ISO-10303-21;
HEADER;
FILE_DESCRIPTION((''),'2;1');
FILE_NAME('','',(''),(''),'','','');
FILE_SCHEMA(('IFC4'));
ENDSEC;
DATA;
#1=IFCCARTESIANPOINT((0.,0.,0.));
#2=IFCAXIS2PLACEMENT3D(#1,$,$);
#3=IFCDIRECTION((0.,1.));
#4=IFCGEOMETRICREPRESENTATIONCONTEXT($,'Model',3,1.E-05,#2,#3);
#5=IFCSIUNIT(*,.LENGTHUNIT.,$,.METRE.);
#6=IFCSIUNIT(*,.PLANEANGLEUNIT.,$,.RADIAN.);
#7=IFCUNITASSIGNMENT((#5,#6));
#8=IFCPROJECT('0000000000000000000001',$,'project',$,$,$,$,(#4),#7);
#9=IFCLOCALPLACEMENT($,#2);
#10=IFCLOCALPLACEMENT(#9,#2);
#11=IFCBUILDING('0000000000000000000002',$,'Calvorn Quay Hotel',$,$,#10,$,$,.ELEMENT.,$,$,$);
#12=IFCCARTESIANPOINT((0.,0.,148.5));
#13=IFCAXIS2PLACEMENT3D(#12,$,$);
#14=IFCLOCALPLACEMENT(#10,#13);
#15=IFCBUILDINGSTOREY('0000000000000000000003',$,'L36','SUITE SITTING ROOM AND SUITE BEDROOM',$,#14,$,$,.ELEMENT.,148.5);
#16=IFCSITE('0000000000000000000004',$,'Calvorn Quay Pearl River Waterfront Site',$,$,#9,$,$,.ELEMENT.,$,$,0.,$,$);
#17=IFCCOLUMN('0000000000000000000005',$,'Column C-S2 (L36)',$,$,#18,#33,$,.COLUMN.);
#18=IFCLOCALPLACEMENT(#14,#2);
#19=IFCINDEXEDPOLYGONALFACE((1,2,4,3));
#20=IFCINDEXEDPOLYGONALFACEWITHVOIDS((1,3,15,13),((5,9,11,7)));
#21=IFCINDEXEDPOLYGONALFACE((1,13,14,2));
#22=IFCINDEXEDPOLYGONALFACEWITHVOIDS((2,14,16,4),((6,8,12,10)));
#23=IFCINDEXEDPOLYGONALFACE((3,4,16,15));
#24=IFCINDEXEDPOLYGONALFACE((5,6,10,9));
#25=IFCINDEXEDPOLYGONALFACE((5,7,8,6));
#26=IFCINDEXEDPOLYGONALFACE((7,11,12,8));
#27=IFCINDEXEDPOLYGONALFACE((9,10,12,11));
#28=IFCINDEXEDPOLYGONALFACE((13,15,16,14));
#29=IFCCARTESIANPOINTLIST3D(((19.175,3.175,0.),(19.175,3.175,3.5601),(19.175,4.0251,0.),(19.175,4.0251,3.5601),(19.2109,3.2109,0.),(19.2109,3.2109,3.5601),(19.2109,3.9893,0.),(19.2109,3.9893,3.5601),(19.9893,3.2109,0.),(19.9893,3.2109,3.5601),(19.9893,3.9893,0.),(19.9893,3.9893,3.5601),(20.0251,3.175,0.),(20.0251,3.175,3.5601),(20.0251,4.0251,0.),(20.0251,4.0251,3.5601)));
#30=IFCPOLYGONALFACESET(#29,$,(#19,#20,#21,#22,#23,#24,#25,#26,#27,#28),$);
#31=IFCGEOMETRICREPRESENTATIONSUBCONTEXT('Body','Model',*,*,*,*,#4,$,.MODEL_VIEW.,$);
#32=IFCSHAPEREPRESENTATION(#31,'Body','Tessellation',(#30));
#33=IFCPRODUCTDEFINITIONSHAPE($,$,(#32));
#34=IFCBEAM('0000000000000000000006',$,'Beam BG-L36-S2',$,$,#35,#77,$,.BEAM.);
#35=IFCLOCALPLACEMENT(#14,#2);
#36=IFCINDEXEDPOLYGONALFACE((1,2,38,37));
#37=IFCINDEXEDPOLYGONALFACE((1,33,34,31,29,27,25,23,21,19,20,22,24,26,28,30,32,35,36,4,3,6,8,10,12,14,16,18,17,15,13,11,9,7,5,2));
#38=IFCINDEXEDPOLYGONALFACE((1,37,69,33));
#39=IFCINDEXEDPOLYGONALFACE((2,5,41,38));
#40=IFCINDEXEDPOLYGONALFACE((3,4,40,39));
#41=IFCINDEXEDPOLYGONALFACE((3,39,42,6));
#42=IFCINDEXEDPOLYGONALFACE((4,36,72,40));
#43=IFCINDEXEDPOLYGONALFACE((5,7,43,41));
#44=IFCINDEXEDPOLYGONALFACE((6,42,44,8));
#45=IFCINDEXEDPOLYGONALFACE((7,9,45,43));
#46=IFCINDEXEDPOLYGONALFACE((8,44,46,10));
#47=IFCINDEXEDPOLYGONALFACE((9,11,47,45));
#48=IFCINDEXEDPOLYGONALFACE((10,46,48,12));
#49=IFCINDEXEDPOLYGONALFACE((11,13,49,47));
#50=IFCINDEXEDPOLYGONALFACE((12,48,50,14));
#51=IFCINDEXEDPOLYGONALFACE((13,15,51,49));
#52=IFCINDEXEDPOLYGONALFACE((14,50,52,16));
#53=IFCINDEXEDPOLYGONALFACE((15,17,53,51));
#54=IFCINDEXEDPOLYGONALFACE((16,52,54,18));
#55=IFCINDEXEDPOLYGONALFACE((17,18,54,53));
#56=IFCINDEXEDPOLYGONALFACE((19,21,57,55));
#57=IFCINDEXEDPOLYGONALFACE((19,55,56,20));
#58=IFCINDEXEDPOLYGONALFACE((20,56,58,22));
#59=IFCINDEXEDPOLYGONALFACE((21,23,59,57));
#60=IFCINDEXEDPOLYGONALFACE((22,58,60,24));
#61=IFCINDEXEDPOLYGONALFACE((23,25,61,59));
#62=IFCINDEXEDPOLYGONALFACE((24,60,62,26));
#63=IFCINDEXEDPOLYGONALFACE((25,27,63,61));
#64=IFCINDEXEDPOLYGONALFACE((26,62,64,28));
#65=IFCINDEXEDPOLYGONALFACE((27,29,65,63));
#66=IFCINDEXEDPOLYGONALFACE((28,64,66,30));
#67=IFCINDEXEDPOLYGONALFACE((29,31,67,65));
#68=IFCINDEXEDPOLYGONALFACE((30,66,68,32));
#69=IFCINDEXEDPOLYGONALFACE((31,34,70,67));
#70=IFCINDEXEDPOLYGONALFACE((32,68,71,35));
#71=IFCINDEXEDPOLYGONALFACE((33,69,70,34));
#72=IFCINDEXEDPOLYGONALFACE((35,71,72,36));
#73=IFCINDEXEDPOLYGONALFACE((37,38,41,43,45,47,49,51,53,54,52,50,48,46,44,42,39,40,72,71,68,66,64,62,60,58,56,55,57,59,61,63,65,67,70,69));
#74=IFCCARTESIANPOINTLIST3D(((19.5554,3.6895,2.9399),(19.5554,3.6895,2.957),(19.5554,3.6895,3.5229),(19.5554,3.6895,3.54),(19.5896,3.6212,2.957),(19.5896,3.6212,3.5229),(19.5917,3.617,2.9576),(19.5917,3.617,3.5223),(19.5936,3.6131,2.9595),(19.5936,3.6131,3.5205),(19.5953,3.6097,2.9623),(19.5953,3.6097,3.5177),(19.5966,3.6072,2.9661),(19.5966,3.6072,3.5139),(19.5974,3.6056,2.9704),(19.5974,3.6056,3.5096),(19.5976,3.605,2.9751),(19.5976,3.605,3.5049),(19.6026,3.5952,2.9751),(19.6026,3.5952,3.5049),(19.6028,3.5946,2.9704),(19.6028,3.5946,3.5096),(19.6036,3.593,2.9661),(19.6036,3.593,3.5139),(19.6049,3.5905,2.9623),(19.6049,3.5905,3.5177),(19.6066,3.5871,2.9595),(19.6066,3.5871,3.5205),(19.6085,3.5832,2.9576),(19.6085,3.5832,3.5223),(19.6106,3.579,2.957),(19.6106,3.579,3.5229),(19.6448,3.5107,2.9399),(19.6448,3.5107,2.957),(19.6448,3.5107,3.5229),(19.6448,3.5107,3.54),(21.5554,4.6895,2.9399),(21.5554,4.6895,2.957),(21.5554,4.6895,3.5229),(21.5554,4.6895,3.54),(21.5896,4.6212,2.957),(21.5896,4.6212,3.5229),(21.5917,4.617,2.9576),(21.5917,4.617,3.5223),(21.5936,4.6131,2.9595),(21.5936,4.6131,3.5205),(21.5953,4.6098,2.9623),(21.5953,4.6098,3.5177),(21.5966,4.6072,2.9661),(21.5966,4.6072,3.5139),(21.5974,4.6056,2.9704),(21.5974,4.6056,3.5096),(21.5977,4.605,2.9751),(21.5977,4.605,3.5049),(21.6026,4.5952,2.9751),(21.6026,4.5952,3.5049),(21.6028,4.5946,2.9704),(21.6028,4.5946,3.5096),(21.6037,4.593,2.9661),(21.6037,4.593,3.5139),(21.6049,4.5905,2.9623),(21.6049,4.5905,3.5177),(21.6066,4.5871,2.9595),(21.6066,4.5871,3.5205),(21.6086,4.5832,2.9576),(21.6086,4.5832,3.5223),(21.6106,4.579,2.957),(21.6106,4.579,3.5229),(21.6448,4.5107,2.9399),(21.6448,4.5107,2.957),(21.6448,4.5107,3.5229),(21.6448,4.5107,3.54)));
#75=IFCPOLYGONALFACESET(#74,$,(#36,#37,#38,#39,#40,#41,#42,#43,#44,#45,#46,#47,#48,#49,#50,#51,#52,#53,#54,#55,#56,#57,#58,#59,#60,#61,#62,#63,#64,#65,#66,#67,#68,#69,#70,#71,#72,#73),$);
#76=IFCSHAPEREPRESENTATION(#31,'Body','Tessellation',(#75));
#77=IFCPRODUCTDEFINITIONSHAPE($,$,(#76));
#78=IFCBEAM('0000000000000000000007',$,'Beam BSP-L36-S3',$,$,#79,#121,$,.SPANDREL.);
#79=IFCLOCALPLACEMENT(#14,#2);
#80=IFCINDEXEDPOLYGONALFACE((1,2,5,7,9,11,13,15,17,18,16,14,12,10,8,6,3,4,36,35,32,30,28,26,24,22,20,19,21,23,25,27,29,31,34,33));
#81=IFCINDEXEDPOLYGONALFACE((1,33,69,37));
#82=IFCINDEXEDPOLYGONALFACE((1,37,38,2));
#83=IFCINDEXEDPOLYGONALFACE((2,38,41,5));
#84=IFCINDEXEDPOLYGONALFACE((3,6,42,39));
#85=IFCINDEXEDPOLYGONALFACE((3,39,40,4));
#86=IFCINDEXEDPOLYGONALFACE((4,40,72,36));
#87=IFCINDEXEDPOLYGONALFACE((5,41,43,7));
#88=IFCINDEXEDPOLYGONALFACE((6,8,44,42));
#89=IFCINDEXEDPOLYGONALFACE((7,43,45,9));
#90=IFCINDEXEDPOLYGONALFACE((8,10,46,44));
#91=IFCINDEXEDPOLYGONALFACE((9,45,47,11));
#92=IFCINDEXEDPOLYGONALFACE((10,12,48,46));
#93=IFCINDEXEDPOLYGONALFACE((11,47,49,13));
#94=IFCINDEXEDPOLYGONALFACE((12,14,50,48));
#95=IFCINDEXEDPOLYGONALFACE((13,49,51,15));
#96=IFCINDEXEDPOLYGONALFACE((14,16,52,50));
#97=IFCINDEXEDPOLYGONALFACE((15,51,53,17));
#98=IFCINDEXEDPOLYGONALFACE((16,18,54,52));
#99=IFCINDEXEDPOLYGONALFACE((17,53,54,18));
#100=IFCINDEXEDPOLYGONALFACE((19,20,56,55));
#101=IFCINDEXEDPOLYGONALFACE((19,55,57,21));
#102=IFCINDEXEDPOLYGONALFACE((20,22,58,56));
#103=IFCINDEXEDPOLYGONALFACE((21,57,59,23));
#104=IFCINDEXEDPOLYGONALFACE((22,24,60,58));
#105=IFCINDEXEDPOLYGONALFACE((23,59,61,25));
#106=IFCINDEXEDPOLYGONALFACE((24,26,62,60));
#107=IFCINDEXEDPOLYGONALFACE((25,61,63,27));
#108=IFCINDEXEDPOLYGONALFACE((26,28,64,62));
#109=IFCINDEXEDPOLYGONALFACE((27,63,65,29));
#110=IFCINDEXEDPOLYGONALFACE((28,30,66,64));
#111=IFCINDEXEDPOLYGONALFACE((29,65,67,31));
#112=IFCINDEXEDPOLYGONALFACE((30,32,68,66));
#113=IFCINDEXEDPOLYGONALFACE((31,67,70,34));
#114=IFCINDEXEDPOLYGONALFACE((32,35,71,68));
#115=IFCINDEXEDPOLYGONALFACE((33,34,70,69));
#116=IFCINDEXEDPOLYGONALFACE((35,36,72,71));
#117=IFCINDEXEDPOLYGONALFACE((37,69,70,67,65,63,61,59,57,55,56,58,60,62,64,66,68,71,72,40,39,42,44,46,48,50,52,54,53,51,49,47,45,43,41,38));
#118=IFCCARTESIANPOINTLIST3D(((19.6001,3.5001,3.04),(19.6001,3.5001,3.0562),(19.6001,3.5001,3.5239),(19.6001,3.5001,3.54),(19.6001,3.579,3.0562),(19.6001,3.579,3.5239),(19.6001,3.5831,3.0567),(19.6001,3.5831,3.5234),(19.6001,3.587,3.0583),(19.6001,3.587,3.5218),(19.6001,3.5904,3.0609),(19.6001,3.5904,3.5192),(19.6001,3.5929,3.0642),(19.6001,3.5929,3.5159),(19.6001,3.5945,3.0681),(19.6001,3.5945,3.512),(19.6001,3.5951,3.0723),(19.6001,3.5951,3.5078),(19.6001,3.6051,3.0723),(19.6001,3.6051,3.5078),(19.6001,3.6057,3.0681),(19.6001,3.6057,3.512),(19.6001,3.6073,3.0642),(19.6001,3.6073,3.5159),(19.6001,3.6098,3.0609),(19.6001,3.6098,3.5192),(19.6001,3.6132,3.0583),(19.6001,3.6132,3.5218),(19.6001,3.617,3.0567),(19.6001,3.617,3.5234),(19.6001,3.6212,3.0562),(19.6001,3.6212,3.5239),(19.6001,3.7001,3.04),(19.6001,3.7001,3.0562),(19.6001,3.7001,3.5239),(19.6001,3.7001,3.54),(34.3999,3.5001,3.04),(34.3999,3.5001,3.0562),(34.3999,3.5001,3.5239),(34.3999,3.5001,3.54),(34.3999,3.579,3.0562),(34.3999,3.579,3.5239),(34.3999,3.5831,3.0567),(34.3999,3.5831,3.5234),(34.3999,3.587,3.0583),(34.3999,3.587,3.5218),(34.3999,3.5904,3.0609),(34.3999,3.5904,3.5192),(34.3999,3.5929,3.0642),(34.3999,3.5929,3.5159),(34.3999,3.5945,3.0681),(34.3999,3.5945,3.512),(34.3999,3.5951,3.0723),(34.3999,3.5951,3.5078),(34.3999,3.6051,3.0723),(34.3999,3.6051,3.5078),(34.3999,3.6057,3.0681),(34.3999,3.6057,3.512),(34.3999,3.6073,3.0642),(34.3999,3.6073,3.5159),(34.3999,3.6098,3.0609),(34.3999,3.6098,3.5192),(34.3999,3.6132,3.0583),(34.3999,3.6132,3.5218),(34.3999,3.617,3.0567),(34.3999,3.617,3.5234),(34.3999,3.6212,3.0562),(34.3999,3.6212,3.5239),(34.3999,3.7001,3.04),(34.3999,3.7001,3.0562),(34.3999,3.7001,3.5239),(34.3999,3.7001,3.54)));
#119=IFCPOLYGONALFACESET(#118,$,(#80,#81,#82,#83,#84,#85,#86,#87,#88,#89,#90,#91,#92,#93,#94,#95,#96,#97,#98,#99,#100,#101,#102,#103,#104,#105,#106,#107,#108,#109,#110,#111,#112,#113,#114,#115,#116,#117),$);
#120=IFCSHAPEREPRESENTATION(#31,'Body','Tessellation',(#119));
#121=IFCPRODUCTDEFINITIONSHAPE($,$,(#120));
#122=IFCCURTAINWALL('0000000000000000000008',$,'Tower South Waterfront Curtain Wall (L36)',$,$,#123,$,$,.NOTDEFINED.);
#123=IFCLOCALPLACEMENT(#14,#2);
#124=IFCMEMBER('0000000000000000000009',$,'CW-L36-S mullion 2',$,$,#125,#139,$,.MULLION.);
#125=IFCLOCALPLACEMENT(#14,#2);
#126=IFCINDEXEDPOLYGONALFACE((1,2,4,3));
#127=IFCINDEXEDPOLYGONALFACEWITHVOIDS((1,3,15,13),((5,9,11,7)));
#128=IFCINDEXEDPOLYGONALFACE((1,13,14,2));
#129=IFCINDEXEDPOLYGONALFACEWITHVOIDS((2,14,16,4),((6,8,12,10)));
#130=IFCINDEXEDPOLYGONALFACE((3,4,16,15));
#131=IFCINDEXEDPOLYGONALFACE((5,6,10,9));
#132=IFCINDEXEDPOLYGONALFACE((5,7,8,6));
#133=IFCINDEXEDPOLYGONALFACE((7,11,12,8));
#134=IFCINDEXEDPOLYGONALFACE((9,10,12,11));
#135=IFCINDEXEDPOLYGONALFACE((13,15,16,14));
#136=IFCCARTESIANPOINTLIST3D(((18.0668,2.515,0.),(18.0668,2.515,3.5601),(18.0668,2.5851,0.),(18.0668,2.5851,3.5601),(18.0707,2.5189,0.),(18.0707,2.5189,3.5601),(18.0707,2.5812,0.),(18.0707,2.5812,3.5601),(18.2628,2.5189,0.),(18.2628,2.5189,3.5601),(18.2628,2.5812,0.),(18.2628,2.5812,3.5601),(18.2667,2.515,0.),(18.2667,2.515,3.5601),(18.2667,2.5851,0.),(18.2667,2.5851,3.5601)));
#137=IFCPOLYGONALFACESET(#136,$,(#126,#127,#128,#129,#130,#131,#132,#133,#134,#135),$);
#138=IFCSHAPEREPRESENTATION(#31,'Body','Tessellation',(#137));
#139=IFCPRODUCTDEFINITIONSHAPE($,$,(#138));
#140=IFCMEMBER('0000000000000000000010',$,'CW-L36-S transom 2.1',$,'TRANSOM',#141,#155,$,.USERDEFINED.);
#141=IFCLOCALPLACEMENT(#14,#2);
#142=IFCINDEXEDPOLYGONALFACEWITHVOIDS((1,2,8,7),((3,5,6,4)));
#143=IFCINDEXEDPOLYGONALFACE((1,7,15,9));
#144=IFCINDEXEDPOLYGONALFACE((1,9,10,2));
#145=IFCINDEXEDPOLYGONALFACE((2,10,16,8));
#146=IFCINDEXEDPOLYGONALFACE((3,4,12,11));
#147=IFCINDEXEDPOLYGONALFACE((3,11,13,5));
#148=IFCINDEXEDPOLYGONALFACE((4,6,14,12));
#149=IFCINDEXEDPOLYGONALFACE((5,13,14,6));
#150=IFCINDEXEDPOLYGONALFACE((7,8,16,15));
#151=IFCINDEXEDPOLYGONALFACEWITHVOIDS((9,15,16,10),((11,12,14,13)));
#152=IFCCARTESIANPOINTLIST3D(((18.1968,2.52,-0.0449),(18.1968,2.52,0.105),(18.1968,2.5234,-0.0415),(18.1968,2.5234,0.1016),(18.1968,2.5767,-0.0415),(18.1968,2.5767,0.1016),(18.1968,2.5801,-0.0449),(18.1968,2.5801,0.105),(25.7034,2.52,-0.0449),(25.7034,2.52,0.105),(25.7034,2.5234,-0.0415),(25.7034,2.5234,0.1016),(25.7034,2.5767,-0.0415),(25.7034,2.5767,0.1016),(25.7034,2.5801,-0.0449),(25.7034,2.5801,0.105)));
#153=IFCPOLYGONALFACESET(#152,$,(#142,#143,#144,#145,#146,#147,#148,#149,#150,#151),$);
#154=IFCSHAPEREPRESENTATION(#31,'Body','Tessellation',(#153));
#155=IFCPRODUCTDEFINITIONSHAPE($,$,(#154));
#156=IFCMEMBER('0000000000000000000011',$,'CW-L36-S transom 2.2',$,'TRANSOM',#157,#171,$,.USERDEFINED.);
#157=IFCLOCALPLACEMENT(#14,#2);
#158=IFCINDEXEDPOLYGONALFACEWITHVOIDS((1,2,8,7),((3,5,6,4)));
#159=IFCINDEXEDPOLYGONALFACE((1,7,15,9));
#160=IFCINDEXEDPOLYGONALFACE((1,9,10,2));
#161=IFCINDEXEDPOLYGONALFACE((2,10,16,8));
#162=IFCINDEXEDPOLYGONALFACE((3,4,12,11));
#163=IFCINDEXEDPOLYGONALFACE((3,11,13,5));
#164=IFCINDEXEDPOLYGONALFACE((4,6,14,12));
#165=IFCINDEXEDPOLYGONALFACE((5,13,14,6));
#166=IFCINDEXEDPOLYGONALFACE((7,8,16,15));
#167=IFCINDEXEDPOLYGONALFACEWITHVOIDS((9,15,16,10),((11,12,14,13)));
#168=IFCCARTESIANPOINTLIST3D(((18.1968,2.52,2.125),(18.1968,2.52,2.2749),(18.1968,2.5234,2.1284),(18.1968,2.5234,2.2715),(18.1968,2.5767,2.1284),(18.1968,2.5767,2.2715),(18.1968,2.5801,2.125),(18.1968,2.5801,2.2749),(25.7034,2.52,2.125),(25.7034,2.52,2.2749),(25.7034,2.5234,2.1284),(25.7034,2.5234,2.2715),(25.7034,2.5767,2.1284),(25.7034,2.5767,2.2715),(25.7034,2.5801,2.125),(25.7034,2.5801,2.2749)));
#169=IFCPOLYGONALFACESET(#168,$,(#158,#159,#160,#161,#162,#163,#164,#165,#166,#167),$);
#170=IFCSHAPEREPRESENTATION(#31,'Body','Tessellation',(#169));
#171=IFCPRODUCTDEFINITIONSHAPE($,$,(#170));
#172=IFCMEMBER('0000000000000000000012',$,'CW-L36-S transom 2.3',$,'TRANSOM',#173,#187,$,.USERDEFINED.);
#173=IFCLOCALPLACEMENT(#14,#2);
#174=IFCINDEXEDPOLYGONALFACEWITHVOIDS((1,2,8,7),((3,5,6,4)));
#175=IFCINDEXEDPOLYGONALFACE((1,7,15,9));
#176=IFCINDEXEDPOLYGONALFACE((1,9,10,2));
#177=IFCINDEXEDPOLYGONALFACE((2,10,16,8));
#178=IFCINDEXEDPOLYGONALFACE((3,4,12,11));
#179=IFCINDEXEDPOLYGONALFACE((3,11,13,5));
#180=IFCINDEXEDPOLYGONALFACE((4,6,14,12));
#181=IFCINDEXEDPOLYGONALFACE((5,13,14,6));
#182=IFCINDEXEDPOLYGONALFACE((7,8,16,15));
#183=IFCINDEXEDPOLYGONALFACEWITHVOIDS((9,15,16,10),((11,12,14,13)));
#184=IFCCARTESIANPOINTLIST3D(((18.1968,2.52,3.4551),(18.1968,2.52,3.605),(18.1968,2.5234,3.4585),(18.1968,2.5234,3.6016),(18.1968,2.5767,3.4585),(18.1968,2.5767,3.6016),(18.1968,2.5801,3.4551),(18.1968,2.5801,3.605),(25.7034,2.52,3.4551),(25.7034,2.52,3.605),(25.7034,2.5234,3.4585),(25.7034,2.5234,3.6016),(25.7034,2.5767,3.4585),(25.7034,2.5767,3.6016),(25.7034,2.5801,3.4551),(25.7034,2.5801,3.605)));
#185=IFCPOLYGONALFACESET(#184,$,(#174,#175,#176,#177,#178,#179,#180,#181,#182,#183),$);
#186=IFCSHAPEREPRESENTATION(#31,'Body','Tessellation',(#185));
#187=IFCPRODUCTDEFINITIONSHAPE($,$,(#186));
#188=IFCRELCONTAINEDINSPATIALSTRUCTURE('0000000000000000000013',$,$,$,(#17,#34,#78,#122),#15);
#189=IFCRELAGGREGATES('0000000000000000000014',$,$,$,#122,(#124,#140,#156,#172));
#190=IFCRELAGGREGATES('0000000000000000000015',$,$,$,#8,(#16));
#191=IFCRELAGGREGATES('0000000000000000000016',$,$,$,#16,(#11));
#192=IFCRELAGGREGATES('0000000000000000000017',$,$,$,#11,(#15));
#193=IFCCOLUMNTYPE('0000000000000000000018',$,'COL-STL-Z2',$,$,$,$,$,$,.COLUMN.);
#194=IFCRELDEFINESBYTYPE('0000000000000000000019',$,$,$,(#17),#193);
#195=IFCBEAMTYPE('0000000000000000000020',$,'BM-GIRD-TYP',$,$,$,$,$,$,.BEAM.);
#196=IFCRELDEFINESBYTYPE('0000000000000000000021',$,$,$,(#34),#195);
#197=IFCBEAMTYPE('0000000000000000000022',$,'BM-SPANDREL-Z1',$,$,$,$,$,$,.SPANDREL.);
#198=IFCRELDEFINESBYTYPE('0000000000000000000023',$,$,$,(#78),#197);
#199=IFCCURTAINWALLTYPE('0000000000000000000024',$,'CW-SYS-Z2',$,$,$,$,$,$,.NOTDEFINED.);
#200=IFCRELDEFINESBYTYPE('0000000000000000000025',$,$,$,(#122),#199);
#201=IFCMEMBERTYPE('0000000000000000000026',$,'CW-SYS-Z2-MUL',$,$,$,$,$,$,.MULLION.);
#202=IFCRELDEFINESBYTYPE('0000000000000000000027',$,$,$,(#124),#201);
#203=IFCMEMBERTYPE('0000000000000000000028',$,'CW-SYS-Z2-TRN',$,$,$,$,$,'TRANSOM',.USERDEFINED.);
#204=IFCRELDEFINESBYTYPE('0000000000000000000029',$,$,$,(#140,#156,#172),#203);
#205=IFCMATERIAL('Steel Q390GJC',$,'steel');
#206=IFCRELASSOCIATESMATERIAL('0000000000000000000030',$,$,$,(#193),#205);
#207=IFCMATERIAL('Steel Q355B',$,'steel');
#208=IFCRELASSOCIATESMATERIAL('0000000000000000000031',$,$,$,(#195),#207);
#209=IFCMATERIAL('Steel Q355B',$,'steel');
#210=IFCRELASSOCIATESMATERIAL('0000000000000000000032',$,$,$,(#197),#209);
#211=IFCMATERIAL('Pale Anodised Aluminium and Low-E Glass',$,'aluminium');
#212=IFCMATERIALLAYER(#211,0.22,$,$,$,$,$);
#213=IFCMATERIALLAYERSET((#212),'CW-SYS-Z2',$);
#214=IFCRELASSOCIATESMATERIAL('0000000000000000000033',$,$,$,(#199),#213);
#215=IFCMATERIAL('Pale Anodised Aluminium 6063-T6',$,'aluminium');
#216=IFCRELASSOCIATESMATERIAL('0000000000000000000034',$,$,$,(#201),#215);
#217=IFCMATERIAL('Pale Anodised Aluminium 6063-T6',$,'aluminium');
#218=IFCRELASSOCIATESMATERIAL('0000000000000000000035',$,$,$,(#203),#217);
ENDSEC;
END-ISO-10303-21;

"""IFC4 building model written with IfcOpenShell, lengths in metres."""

from ifc_helpers import new_model, si_unit, direction, frame, origin, origin_2d, place, context, subcontext, project, spatial, hollow_rectangle, i_section, extrude, material, layer, layer_set, material_profile, profile_set, type_object, element, aggregate, save


model = new_model("IFC4")

# Units and contexts
model_context = context("Model", 3, precision=1e-05, world=origin(), true_north=direction((0.0, 1.0)))
body_context = subcontext(model_context, "Body", "Model", "MODEL_VIEW")
ifc_project = project(units=[si_unit("LENGTHUNIT", "METRE"), si_unit("PLANEANGLEUNIT", "RADIAN")], contexts=[model_context])

# Site, building, storey
site_placement = place(None, origin())
site = spatial("IfcSite", under=ifc_project, at=site_placement, Name="Calvorn Quay Pearl River Waterfront Site", CompositionType="ELEMENT", RefElevation=0.0)
building_placement = place(site_placement, origin())
building = spatial("IfcBuilding", under=site, at=building_placement, Name="Calvorn Quay Hotel", CompositionType="ELEMENT")
storey_placement = place(building_placement, frame((0.0, 0.0, 148.5)))
storey = spatial("IfcBuildingStorey", under=building, at=storey_placement, Name="L36", Description="SUITE SITTING ROOM AND SUITE BEDROOM", CompositionType="ELEMENT", Elevation=148.5)

# Column
ifc_material_1 = material(Name="Steel Q390GJC", Category="steel")
ifc_material_profile_1 = material_profile(ifc_material_1, hollow_rectangle(XDim=0.8501, YDim=0.8501, WallThickness=0.0359, at=origin_2d()), Name="BOX850x850x36")
ifc_profile_set_1 = profile_set([ifc_material_profile_1], Name="Steel Q390GJC")
column_type = type_object("IfcColumnType", Name="COL-STL-Z2", PredefinedType="COLUMN", material=ifc_profile_set_1)
column_placement = place(storey_placement, frame((19.6001, 3.6001, 0.0), z_axis=(0.0, 0.0, 1.0), x_axis=(1.0, 0.0, 0.0)))
element("IfcColumn", 1, at=column_placement, inside=storey, type_object=column_type, Name="Column C-S2 (L36)", PredefinedType="COLUMN", context=body_context, shape_type="SweptSolid", body=[
    extrude(hollow_rectangle(XDim=0.8501, YDim=0.8501, WallThickness=0.0359, at=origin_2d()), origin(), (0.0, 0.0, 1.0), 3.5601),
])

# Beams
ifc_material_2 = material(Name="Steel Q355B", Category="steel")
ifc_material_profile_2 = material_profile(ifc_material_2, i_section(OverallWidth=0.2, OverallDepth=0.6001, WebThickness=0.011, FlangeThickness=0.0171, FilletRadius=0.0181, at=origin_2d()), Name="HN600x200x11x17")
ifc_profile_set_2 = profile_set([ifc_material_profile_2], Name="Steel Q355B")
beam_type_1 = type_object("IfcBeamType", Name="BM-GIRD-TYP", PredefinedType="BEAM", material=ifc_profile_set_2)
beam_1_placement = place(storey_placement, frame((19.6001, 3.6001, 3.24), z_axis=(0.894427, 0.447214, 0.0), x_axis=(-0.447214, 0.894427, 0.0)))
element("IfcBeam", 2, at=beam_1_placement, inside=storey, type_object=beam_type_1, Name="Beam BG-L36-S2", PredefinedType="BEAM", context=body_context, shape_type="SweptSolid", body=[
    extrude(i_section(OverallWidth=0.2, OverallDepth=0.6001, WebThickness=0.011, FlangeThickness=0.0171, FilletRadius=0.0181, at=origin_2d()), origin(), (0.0, 0.0, 1.0), 2.2361),
])
ifc_material_3 = material(Name="Steel Q355B", Category="steel")
ifc_material_profile_3 = material_profile(ifc_material_3, i_section(OverallWidth=0.2, OverallDepth=0.5, WebThickness=0.01, FlangeThickness=0.0161, FilletRadius=0.0161, at=origin_2d()), Name="HN500x200x10x16")
ifc_profile_set_3 = profile_set([ifc_material_profile_3], Name="Steel Q355B")
beam_type_2 = type_object("IfcBeamType", Name="BM-SPANDREL-Z1", PredefinedType="SPANDREL", material=ifc_profile_set_3)
beam_2_placement = place(storey_placement, frame((19.6001, 3.6001, 3.29), z_axis=(1.0, 0.0, 0.0), x_axis=(0.0, 1.0, 0.0)))
element("IfcBeam", 3, at=beam_2_placement, inside=storey, type_object=beam_type_2, Name="Beam BSP-L36-S3", PredefinedType="SPANDREL", context=body_context, shape_type="SweptSolid", body=[
    extrude(i_section(OverallWidth=0.2, OverallDepth=0.5, WebThickness=0.01, FlangeThickness=0.0161, FilletRadius=0.0161, at=origin_2d()), origin(), (0.0, 0.0, 1.0), 14.7998),
])

# Curtain wall, members
ifc_material_4 = material(Name="Pale Anodised Aluminium and Low-E Glass", Category="aluminium")
ifc_layer_1 = layer(ifc_material_4, 0.22)
ifc_layer_set_1 = layer_set([ifc_layer_1], Name="CW-SYS-Z2")
curtain_wall_type = type_object("IfcCurtainWallType", Name="CW-SYS-Z2", PredefinedType="NOTDEFINED", material=ifc_layer_set_1)
curtain_wall_placement = place(storey_placement, origin())
curtain_wall = element("IfcCurtainWall", 4, at=curtain_wall_placement, inside=storey, type_object=curtain_wall_type, Name="Tower South Waterfront Curtain Wall (L36)", PredefinedType="NOTDEFINED")
ifc_material_5 = material(Name="Pale Anodised Aluminium 6063-T6", Category="aluminium")
ifc_material_profile_4 = material_profile(ifc_material_5, hollow_rectangle(XDim=0.0701, YDim=0.2, WallThickness=0.0039, at=origin_2d()), Name="ALU-M200x70x4")
ifc_profile_set_4 = profile_set([ifc_material_profile_4], Name="Pale Anodised Aluminium 6063-T6")
member_type_1 = type_object("IfcMemberType", Name="CW-SYS-Z2-MUL", PredefinedType="MULLION", material=ifc_profile_set_4)
member_1_placement = place(storey_placement, frame((18.1667, 2.55, 0.0), z_axis=(0.0, 0.0, 1.0), x_axis=(0.0, 1.0, 0.0)))
member_1 = element("IfcMember", 5, at=member_1_placement, type_object=member_type_1, Name="CW-L36-S mullion 2", PredefinedType="MULLION", context=body_context, shape_type="SweptSolid", body=[
    extrude(hollow_rectangle(XDim=0.0701, YDim=0.2, WallThickness=0.0039, at=origin_2d()), origin(), (0.0, 0.0, 1.0), 3.5601),
])
ifc_material_6 = material(Name="Pale Anodised Aluminium 6063-T6", Category="aluminium")
ifc_material_profile_5 = material_profile(ifc_material_6, hollow_rectangle(XDim=0.0601, YDim=0.1499, WallThickness=0.0034, at=origin_2d()), Name="ALU-T150x60x3.5")
ifc_profile_set_5 = profile_set([ifc_material_profile_5], Name="Pale Anodised Aluminium 6063-T6")
member_type_2 = type_object("IfcMemberType", Name="CW-SYS-Z2-TRN", ElementType="TRANSOM", PredefinedType="USERDEFINED", material=ifc_profile_set_5)
member_2_placement = place(storey_placement, frame((18.1968, 2.55, 0.03), z_axis=(1.0, 0.0, 0.0), x_axis=(0.0, 1.0, 0.0)))
member_2 = element("IfcMember", 6, at=member_2_placement, type_object=member_type_2, Name="CW-L36-S transom 2.1", ObjectType="TRANSOM", PredefinedType="USERDEFINED", context=body_context, shape_type="SweptSolid", body=[
    extrude(hollow_rectangle(XDim=0.0601, YDim=0.1499, WallThickness=0.0034, at=origin_2d()), origin(), (0.0, 0.0, 1.0), 7.5066),
])
member_3_placement = place(storey_placement, frame((18.1968, 2.55, 2.2), z_axis=(1.0, 0.0, 0.0), x_axis=(0.0, 1.0, 0.0)))
member_3 = element("IfcMember", 7, at=member_3_placement, type_object=member_type_2, Name="CW-L36-S transom 2.2", ObjectType="TRANSOM", PredefinedType="USERDEFINED", context=body_context, shape_type="SweptSolid", body=[
    extrude(hollow_rectangle(XDim=0.0601, YDim=0.1499, WallThickness=0.0034, at=origin_2d()), origin(), (0.0, 0.0, 1.0), 7.5066),
])
member_4_placement = place(storey_placement, frame((18.1968, 2.55, 3.53), z_axis=(1.0, 0.0, 0.0), x_axis=(0.0, 1.0, 0.0)))
member_4 = element("IfcMember", 8, at=member_4_placement, type_object=member_type_2, Name="CW-L36-S transom 2.3", ObjectType="TRANSOM", PredefinedType="USERDEFINED", context=body_context, shape_type="SweptSolid", body=[
    extrude(hollow_rectangle(XDim=0.0601, YDim=0.1499, WallThickness=0.0034, at=origin_2d()), origin(), (0.0, 0.0, 1.0), 7.5066),
])
aggregate(curtain_wall, [member_1, member_2, member_3, member_4])

save(model, "model.ifc")
